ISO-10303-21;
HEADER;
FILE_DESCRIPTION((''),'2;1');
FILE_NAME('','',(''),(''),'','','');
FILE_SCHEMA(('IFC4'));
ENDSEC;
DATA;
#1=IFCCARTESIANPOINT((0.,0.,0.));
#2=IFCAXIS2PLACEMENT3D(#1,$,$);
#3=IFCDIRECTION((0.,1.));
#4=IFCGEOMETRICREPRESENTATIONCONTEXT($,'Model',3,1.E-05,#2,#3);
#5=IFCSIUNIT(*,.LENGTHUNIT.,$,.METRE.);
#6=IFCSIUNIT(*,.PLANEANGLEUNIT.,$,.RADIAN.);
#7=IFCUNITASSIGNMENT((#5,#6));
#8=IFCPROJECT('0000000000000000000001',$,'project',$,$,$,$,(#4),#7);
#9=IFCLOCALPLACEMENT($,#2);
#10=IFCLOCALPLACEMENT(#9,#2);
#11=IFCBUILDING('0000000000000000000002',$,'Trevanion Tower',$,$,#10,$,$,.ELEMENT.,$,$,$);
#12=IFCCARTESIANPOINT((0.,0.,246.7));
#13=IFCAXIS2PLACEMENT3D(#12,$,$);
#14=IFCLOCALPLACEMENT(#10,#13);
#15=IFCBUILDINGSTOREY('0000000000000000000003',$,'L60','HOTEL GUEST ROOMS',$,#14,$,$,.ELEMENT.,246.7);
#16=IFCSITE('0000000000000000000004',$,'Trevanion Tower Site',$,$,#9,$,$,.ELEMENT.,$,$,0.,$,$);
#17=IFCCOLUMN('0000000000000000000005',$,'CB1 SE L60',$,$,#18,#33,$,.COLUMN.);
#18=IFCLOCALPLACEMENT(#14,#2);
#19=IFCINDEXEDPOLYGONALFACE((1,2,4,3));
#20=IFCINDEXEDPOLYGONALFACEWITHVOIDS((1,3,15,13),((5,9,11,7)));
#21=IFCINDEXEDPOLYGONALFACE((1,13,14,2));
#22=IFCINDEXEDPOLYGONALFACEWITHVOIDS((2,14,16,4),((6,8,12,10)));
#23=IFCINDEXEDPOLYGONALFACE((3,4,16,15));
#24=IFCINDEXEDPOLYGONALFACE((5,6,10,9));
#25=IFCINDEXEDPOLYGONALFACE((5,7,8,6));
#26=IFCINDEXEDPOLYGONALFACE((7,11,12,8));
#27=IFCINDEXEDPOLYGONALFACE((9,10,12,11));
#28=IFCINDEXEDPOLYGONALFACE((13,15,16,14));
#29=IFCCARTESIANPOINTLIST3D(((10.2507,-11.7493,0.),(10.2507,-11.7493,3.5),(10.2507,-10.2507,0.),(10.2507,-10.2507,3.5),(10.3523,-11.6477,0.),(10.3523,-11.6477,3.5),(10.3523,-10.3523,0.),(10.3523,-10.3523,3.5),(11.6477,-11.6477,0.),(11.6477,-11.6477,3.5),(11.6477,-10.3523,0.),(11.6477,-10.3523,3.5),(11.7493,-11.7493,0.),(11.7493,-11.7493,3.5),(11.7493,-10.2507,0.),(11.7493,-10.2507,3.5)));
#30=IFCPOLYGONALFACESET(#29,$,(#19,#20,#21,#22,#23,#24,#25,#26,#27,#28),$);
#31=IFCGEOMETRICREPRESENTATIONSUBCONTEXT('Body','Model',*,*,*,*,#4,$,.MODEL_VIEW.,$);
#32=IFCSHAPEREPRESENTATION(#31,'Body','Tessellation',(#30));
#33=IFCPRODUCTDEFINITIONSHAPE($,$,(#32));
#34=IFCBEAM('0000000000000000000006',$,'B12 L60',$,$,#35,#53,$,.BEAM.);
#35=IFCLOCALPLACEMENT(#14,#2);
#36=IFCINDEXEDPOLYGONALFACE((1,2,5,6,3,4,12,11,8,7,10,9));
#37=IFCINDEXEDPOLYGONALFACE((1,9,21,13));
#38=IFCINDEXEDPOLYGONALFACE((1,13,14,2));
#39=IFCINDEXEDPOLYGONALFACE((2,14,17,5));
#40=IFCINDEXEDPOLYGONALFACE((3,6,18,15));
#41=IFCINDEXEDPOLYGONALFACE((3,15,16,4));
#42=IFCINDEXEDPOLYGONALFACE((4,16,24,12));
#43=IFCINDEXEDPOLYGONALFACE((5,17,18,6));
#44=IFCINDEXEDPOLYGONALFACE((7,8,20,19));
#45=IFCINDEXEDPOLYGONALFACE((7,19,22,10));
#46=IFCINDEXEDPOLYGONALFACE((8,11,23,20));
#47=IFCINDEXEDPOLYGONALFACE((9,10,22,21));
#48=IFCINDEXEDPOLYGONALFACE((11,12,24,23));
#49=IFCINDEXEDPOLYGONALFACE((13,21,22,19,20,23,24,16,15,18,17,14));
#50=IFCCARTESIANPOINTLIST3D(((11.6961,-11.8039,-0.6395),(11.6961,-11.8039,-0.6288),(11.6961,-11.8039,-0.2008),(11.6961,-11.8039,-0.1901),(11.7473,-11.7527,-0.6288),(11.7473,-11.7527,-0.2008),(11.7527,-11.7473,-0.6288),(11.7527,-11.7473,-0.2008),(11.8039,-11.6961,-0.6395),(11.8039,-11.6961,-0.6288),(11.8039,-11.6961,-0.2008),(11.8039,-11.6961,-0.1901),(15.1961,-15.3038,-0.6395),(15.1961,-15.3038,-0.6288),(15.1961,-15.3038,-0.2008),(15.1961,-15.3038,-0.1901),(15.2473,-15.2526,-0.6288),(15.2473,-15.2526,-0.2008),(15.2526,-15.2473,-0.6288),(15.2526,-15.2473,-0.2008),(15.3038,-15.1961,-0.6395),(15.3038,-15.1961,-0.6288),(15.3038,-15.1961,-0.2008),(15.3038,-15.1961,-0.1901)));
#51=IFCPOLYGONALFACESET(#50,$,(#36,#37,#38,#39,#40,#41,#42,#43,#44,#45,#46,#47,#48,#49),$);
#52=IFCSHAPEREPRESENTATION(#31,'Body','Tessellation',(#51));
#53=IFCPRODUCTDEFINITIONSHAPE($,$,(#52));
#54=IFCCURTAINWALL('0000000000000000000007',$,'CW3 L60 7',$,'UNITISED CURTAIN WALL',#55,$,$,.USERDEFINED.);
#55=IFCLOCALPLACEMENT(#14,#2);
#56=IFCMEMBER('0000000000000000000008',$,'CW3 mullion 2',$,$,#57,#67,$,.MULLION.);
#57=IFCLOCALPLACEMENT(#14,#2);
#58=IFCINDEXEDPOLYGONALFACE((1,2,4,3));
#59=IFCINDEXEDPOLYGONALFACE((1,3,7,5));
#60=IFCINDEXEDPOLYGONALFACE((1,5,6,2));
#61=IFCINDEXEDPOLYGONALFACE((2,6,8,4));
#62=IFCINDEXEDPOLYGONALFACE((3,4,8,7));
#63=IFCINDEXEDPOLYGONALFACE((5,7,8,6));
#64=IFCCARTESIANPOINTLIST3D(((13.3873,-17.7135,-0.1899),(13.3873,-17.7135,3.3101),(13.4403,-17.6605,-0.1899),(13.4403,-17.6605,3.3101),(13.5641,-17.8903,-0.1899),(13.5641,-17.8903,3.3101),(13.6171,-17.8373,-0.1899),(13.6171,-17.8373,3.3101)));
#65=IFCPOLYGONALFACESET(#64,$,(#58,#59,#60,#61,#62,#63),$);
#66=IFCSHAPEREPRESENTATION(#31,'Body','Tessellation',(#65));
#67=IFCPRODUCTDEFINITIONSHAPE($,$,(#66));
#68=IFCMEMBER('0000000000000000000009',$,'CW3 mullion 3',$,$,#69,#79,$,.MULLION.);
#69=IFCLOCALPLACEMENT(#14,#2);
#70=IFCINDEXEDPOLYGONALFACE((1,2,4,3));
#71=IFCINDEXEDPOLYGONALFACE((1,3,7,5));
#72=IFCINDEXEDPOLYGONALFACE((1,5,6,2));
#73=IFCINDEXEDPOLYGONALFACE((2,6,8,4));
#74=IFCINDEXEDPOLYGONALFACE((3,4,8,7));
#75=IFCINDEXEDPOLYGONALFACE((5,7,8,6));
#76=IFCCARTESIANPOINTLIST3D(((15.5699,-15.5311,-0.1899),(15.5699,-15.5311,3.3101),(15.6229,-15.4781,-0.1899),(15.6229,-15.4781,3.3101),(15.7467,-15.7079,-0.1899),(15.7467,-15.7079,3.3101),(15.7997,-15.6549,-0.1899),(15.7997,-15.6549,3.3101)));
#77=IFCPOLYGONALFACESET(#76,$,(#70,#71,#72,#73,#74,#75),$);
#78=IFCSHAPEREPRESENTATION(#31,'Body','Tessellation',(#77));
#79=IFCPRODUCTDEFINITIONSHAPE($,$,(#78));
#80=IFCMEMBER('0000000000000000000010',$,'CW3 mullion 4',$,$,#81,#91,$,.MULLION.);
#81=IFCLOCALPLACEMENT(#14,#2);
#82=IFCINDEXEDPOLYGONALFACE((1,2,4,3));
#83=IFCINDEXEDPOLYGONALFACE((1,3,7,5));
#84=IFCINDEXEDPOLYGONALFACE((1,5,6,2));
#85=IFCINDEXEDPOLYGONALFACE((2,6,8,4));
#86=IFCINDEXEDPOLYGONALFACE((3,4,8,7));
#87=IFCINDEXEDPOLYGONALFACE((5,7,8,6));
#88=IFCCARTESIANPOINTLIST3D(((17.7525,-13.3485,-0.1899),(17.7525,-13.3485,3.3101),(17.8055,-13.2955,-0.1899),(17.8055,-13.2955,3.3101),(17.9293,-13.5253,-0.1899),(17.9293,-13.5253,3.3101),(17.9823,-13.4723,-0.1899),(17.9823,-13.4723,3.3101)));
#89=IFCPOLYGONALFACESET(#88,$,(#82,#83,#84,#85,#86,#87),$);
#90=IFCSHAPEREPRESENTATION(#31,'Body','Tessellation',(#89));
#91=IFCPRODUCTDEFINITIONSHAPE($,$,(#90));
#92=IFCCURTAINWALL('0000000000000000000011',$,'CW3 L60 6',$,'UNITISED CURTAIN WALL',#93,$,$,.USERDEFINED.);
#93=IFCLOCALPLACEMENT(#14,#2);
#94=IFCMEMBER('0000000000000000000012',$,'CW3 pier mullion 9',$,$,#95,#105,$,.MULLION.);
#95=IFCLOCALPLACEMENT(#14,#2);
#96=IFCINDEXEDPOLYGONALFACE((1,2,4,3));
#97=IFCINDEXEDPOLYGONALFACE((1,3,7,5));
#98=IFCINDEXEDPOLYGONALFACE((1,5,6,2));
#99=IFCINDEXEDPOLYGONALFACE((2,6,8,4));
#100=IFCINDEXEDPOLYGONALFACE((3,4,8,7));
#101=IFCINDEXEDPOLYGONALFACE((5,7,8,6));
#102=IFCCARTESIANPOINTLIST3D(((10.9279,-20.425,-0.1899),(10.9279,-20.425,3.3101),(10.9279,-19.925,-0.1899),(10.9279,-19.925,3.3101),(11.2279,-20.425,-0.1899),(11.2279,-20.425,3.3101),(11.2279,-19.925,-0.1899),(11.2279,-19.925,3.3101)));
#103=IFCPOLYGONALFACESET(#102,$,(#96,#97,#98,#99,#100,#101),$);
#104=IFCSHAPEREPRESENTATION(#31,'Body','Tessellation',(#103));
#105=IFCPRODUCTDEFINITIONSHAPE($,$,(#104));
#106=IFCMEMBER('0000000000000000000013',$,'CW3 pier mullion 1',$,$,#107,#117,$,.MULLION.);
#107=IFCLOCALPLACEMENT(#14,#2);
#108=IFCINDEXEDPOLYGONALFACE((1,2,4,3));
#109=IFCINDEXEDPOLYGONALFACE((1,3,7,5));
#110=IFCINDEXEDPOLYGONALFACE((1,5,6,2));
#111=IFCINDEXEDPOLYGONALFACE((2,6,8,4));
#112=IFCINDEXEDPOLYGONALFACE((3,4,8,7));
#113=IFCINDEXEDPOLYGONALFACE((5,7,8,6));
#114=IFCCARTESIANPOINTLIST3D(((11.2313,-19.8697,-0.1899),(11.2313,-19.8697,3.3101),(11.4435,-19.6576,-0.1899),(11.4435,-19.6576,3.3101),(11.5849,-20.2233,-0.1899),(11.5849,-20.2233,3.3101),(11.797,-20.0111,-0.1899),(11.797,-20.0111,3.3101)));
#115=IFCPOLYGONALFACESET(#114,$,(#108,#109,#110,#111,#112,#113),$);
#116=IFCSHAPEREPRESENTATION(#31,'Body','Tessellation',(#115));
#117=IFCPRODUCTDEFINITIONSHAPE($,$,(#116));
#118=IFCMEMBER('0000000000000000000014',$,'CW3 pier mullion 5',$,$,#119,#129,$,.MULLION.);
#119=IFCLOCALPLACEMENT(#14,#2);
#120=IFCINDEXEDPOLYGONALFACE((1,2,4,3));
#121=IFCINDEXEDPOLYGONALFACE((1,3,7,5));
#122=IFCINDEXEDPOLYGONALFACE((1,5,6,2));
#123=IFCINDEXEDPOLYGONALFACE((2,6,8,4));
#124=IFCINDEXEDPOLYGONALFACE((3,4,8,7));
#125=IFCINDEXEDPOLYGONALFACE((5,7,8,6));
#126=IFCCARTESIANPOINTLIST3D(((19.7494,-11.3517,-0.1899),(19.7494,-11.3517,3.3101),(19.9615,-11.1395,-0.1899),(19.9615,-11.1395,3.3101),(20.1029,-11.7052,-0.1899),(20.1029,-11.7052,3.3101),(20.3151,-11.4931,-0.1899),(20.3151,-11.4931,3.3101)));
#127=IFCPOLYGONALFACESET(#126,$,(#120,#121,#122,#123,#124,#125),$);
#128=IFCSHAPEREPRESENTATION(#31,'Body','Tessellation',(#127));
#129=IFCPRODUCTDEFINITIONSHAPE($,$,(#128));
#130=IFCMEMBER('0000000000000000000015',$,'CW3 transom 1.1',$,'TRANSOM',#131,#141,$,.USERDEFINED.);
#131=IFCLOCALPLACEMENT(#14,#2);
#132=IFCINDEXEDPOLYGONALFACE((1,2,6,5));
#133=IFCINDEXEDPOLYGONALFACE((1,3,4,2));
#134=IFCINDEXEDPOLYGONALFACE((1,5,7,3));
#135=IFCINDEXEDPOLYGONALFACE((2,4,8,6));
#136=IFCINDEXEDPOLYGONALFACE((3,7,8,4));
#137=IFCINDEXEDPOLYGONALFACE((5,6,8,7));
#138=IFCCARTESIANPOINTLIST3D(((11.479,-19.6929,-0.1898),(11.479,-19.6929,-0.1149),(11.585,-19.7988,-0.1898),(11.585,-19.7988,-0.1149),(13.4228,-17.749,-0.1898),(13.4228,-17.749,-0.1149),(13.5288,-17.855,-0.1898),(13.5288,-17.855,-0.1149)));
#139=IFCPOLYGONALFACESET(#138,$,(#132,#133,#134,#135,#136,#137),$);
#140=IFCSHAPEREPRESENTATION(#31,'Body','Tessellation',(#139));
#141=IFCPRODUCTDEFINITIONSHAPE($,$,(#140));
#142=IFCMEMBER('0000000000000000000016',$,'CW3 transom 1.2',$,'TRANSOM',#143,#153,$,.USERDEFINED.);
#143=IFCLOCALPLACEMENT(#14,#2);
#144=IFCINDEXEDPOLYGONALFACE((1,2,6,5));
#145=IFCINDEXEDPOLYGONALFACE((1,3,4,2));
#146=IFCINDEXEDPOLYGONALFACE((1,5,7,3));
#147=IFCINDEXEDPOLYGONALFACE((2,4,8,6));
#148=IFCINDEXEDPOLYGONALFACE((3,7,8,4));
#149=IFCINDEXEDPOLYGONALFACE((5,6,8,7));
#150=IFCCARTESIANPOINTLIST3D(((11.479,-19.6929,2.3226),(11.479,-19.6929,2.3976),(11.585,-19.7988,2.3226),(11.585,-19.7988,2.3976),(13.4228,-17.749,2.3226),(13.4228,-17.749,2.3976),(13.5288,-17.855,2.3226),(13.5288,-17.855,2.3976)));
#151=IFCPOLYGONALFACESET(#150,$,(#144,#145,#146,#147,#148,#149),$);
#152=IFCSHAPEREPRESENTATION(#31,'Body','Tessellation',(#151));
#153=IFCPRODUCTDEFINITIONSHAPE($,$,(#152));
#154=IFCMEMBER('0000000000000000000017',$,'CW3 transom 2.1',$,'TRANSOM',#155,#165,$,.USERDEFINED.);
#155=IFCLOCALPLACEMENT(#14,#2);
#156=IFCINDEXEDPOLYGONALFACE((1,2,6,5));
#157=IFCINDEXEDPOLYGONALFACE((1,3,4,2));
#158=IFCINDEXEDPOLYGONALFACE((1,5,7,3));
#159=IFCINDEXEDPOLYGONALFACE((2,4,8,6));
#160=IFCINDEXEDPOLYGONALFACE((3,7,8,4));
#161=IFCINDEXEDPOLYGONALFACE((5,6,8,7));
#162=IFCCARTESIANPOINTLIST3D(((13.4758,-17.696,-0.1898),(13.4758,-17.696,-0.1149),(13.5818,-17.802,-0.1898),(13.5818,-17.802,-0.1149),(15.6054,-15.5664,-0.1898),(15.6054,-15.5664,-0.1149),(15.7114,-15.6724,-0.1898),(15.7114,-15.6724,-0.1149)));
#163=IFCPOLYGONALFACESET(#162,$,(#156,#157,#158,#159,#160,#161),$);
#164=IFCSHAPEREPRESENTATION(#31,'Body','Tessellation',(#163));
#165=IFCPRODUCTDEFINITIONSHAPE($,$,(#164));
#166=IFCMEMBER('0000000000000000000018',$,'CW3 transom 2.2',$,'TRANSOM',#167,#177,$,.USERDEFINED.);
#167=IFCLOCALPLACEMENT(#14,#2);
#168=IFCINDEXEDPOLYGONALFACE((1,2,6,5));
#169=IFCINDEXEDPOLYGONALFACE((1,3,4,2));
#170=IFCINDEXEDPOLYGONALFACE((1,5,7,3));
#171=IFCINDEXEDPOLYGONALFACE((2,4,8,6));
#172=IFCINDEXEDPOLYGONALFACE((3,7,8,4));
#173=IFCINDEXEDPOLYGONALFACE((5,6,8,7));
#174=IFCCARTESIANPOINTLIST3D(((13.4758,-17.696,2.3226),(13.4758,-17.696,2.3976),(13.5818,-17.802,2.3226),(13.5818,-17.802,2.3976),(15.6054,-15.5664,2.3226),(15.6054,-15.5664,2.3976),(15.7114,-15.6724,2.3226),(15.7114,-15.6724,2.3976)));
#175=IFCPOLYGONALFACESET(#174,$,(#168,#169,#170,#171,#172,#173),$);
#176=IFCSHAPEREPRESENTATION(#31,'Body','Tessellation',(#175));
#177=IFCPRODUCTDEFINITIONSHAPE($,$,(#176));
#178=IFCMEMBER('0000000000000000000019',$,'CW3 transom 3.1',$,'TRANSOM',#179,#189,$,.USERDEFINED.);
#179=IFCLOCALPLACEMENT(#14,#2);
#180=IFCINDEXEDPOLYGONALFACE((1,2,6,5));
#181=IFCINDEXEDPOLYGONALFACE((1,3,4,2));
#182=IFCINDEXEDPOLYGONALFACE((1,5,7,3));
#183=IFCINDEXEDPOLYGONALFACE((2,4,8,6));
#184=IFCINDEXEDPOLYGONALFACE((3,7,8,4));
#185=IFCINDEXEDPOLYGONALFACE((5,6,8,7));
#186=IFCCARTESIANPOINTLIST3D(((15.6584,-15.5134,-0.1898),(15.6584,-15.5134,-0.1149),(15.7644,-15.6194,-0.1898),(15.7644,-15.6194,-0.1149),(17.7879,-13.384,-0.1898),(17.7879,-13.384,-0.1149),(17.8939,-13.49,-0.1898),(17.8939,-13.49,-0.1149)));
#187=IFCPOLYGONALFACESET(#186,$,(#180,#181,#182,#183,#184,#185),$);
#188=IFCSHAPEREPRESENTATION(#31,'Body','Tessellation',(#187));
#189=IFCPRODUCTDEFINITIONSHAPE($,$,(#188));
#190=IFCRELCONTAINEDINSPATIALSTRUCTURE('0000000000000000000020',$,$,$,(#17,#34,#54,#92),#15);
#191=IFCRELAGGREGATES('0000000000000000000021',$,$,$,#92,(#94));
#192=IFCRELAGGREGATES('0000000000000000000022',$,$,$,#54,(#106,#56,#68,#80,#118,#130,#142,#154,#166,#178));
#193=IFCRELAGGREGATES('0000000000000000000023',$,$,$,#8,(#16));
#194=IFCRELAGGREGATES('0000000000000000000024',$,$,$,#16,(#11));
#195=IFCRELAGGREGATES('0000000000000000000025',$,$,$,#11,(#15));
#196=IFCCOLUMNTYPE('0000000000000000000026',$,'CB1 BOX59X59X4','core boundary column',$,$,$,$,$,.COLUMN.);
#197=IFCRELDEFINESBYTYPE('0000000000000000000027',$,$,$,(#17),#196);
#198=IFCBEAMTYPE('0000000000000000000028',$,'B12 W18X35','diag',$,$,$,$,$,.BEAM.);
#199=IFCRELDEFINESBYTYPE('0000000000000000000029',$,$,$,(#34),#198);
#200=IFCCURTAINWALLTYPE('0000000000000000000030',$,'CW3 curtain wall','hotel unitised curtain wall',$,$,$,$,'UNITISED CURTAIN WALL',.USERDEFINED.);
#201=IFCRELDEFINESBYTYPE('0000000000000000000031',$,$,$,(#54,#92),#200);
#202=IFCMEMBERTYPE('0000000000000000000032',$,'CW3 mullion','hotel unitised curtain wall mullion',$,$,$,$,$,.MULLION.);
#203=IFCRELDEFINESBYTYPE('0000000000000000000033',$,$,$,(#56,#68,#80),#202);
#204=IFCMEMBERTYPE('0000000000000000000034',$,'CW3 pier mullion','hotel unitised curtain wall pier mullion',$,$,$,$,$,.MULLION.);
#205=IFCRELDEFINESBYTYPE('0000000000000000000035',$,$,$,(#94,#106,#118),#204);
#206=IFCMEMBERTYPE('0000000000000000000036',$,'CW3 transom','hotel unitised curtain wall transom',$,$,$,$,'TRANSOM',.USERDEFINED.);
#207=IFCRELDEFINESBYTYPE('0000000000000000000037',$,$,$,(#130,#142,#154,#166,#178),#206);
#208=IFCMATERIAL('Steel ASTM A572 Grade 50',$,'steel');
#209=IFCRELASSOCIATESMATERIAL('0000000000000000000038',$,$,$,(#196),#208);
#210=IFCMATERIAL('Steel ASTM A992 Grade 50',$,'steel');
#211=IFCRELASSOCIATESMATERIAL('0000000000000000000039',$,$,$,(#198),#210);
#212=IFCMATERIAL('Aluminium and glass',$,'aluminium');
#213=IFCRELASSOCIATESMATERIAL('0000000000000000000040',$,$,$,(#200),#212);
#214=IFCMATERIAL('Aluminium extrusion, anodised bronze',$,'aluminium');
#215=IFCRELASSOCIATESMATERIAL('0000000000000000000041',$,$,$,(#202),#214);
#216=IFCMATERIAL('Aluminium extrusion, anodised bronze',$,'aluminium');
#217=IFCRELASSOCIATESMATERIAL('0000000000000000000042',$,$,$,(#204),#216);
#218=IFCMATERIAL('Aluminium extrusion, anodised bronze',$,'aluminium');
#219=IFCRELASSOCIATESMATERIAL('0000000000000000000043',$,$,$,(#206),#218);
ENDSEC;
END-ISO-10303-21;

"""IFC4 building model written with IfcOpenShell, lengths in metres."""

from ifc_helpers import new_model, si_unit, direction, frame, origin, origin_2d, place, context, subcontext, project, spatial, rectangle, hollow_rectangle, i_section, extrude, material, material_profile, profile_set, type_object, element, aggregate, save


model = new_model("IFC4")

# Units and contexts
model_context = context("Model", 3, precision=1e-05, world=origin(), true_north=direction((0.0, 1.0)))
body_context = subcontext(model_context, "Body", "Model", "MODEL_VIEW")
ifc_project = project(units=[si_unit("LENGTHUNIT", "METRE"), si_unit("PLANEANGLEUNIT", "RADIAN")], contexts=[model_context])

# Site, building, storey
site_placement = place(None, origin())
site = spatial("IfcSite", under=ifc_project, at=site_placement, Name="Trevanion Tower Site", CompositionType="ELEMENT", RefElevation=0.0)
building_placement = place(site_placement, origin())
building = spatial("IfcBuilding", under=site, at=building_placement, Name="Trevanion Tower", CompositionType="ELEMENT")
storey_placement = place(building_placement, frame((0.0, 0.0, 246.7)))
storey = spatial("IfcBuildingStorey", under=building, at=storey_placement, Name="L60", Description="HOTEL GUEST ROOMS", CompositionType="ELEMENT", Elevation=246.7)

# Column
ifc_material_1 = material(Name="Steel ASTM A572 Grade 50", Category="steel")
ifc_material_profile_1 = material_profile(ifc_material_1, hollow_rectangle(XDim=1.4985, YDim=1.4985, WallThickness=0.1016, at=origin_2d()), Name="BOX59X59X4")
ifc_profile_set_1 = profile_set([ifc_material_profile_1], Name="Steel ASTM A572 Grade 50")
column_type = type_object("IfcColumnType", Name="CB1 BOX59X59X4", Description="core boundary column", PredefinedType="COLUMN", material=ifc_profile_set_1)
column_placement = place(storey_placement, frame((11.0, -11.0, 0.0), z_axis=(0.0, 0.0, 1.0), x_axis=(1.0, 0.0, 0.0)))
element("IfcColumn", 1, at=column_placement, inside=storey, type_object=column_type, Name="CB1 SE L60", PredefinedType="COLUMN", context=body_context, shape_type="SweptSolid", body=[
    extrude(hollow_rectangle(XDim=1.4985, YDim=1.4985, WallThickness=0.1016, at=origin_2d()), origin(), (0.0, 0.0, 1.0), 3.5),
])

# Beam
ifc_material_2 = material(Name="Steel ASTM A992 Grade 50", Category="steel")
ifc_material_profile_2 = material_profile(ifc_material_2, i_section(OverallWidth=0.1523, OverallDepth=0.4495, WebThickness=0.0076, FlangeThickness=0.0107, at=origin_2d()), Name="W18X35")
ifc_profile_set_2 = profile_set([ifc_material_profile_2], Name="Steel ASTM A992 Grade 50")
beam_type_1 = type_object("IfcBeamType", Name="B12 W18X35", Description="diag", PredefinedType="BEAM", material=ifc_profile_set_2)
beam_1_placement = place(storey_placement, frame((11.75, -11.75, -0.4148), z_axis=(0.707107, -0.707107, 0.0), x_axis=(0.707107, 0.707107, 0.0)))
element("IfcBeam", 2, at=beam_1_placement, inside=storey, type_object=beam_type_1, Name="B12 L60", PredefinedType="BEAM", context=body_context, shape_type="SweptSolid", body=[
    extrude(i_section(OverallWidth=0.1523, OverallDepth=0.4495, WebThickness=0.0076, FlangeThickness=0.0107, at=origin_2d()), origin(), (0.0, 0.0, 1.0), 4.9497),
])

# Curtain wall, members
ifc_material_3 = material(Name="Aluminium and glass", Category="aluminium")
curtain_wall_type = type_object("IfcCurtainWallType", Name="CW3 curtain wall", Description="hotel unitised curtain wall", ElementType="UNITISED CURTAIN WALL", PredefinedType="USERDEFINED", material=ifc_material_3)
curtain_wall_1_placement = place(storey_placement, origin())
curtain_wall_1 = element("IfcCurtainWall", 3, at=curtain_wall_1_placement, inside=storey, type_object=curtain_wall_type, Name="CW3 L60 7", ObjectType="UNITISED CURTAIN WALL", PredefinedType="USERDEFINED")
ifc_material_4 = material(Name="Aluminium extrusion, anodised bronze", Category="aluminium")
ifc_material_profile_3 = material_profile(ifc_material_4, rectangle(XDim=0.075, YDim=0.25, at=origin_2d()), Name="CW3 mullion")
ifc_profile_set_3 = profile_set([ifc_material_profile_3], Name="Aluminium extrusion, anodised bronze")
member_type_1 = type_object("IfcMemberType", Name="CW3 mullion", Description="hotel unitised curtain wall mullion", PredefinedType="MULLION", material=ifc_profile_set_3)
member_1_placement = place(storey_placement, frame((13.5022, -17.7754, -0.1899), z_axis=(0.0, 0.0, 1.0), x_axis=(0.707107, 0.707107, 0.0)))
member_1 = element("IfcMember", 4, at=member_1_placement, type_object=member_type_1, Name="CW3 mullion 2", PredefinedType="MULLION", context=body_context, shape_type="SweptSolid", body=[
    extrude(rectangle(XDim=0.075, YDim=0.25, at=origin_2d()), origin(), (0.0, 0.0, 1.0), 3.5),
])
member_2_placement = place(storey_placement, frame((15.6848, -15.593, -0.1899), z_axis=(0.0, 0.0, 1.0), x_axis=(0.707107, 0.707107, 0.0)))
member_2 = element("IfcMember", 5, at=member_2_placement, type_object=member_type_1, Name="CW3 mullion 3", PredefinedType="MULLION", context=body_context, shape_type="SweptSolid", body=[
    extrude(rectangle(XDim=0.075, YDim=0.25, at=origin_2d()), origin(), (0.0, 0.0, 1.0), 3.5),
])
member_3_placement = place(storey_placement, frame((17.8674, -13.4104, -0.1899), z_axis=(0.0, 0.0, 1.0), x_axis=(0.707107, 0.707107, 0.0)))
member_3 = element("IfcMember", 6, at=member_3_placement, type_object=member_type_1, Name="CW3 mullion 4", PredefinedType="MULLION", context=body_context, shape_type="SweptSolid", body=[
    extrude(rectangle(XDim=0.075, YDim=0.25, at=origin_2d()), origin(), (0.0, 0.0, 1.0), 3.5),
])

# Curtain wall, member
curtain_wall_2_placement = place(storey_placement, origin())
curtain_wall_2 = element("IfcCurtainWall", 7, at=curtain_wall_2_placement, inside=storey, type_object=curtain_wall_type, Name="CW3 L60 6", ObjectType="UNITISED CURTAIN WALL", PredefinedType="USERDEFINED")
ifc_material_5 = material(Name="Aluminium extrusion, anodised bronze", Category="aluminium")
ifc_material_profile_4 = material_profile(ifc_material_5, rectangle(XDim=0.3, YDim=0.5, at=origin_2d()), Name="CW3 pier mullion")
ifc_profile_set_4 = profile_set([ifc_material_profile_4], Name="Aluminium extrusion, anodised bronze")
member_type_2 = type_object("IfcMemberType", Name="CW3 pier mullion", Description="hotel unitised curtain wall pier mullion", PredefinedType="MULLION", material=ifc_profile_set_4)
member_4_placement = place(storey_placement, frame((11.0779, -20.175, -0.1899), z_axis=(0.0, 0.0, 1.0), x_axis=(1.0, 0.0, 0.0)))
member_4 = element("IfcMember", 8, at=member_4_placement, type_object=member_type_2, Name="CW3 pier mullion 9", PredefinedType="MULLION", context=body_context, shape_type="SweptSolid", body=[
    extrude(rectangle(XDim=0.3, YDim=0.5, at=origin_2d()), origin(), (0.0, 0.0, 1.0), 3.5),
])
aggregate(curtain_wall_2, [member_4])

# Members
member_5_placement = place(storey_placement, frame((11.5142, -19.9404, -0.1899), z_axis=(0.0, 0.0, 1.0), x_axis=(0.707107, 0.707107, 0.0)))
member_5 = element("IfcMember", 9, at=member_5_placement, type_object=member_type_2, Name="CW3 pier mullion 1", PredefinedType="MULLION", context=body_context, shape_type="SweptSolid", body=[
    extrude(rectangle(XDim=0.3, YDim=0.5, at=origin_2d()), origin(), (0.0, 0.0, 1.0), 3.5),
])
member_6_placement = place(storey_placement, frame((20.0322, -11.4224, -0.1899), z_axis=(0.0, 0.0, 1.0), x_axis=(0.707107, 0.707107, 0.0)))
member_6 = element("IfcMember", 10, at=member_6_placement, type_object=member_type_2, Name="CW3 pier mullion 5", PredefinedType="MULLION", context=body_context, shape_type="SweptSolid", body=[
    extrude(rectangle(XDim=0.3, YDim=0.5, at=origin_2d()), origin(), (0.0, 0.0, 1.0), 3.5),
])
ifc_material_6 = material(Name="Aluminium extrusion, anodised bronze", Category="aluminium")
ifc_material_profile_5 = material_profile(ifc_material_6, rectangle(XDim=0.1499, YDim=0.075, at=origin_2d()), Name="CW3 transom")
ifc_profile_set_5 = profile_set([ifc_material_profile_5], Name="Aluminium extrusion, anodised bronze")
member_type_3 = type_object("IfcMemberType", Name="CW3 transom", Description="hotel unitised curtain wall transom", ElementType="TRANSOM", PredefinedType="USERDEFINED", material=ifc_profile_set_5)
member_7_placement = place(storey_placement, frame((11.532, -19.7458, -0.1523), z_axis=(0.707107, 0.707107, 0.0), x_axis=(-0.707107, 0.707107, 0.0)))
member_7 = element("IfcMember", 11, at=member_7_placement, type_object=member_type_3, Name="CW3 transom 1.1", ObjectType="TRANSOM", PredefinedType="USERDEFINED", context=body_context, shape_type="SweptSolid", body=[
    extrude(rectangle(XDim=0.1499, YDim=0.075, at=origin_2d()), origin(), (0.0, 0.0, 1.0), 2.749),
])
member_8_placement = place(storey_placement, frame((11.532, -19.7458, 2.3601), z_axis=(0.707107, 0.707107, 0.0), x_axis=(-0.707107, 0.707107, 0.0)))
member_8 = element("IfcMember", 12, at=member_8_placement, type_object=member_type_3, Name="CW3 transom 1.2", ObjectType="TRANSOM", PredefinedType="USERDEFINED", context=body_context, shape_type="SweptSolid", body=[
    extrude(rectangle(XDim=0.1499, YDim=0.075, at=origin_2d()), origin(), (0.0, 0.0, 1.0), 2.749),
])
member_9_placement = place(storey_placement, frame((13.5288, -17.749, -0.1523), z_axis=(0.707107, 0.707107, 0.0), x_axis=(-0.707107, 0.707107, 0.0)))
member_9 = element("IfcMember", 13, at=member_9_placement, type_object=member_type_3, Name="CW3 transom 2.1", ObjectType="TRANSOM", PredefinedType="USERDEFINED", context=body_context, shape_type="SweptSolid", body=[
    extrude(rectangle(XDim=0.1499, YDim=0.075, at=origin_2d()), origin(), (0.0, 0.0, 1.0), 3.0117),
])
member_10_placement = place(storey_placement, frame((13.5288, -17.749, 2.3601), z_axis=(0.707107, 0.707107, 0.0), x_axis=(-0.707107, 0.707107, 0.0)))
member_10 = element("IfcMember", 14, at=member_10_placement, type_object=member_type_3, Name="CW3 transom 2.2", ObjectType="TRANSOM", PredefinedType="USERDEFINED", context=body_context, shape_type="SweptSolid", body=[
    extrude(rectangle(XDim=0.1499, YDim=0.075, at=origin_2d()), origin(), (0.0, 0.0, 1.0), 3.0117),
])
member_11_placement = place(storey_placement, frame((15.7114, -15.5664, -0.1523), z_axis=(0.707107, 0.707107, 0.0), x_axis=(-0.707107, 0.707107, 0.0)))
member_11 = element("IfcMember", 15, at=member_11_placement, type_object=member_type_3, Name="CW3 transom 3.1", ObjectType="TRANSOM", PredefinedType="USERDEFINED", context=body_context, shape_type="SweptSolid", body=[
    extrude(rectangle(XDim=0.1499, YDim=0.075, at=origin_2d()), origin(), (0.0, 0.0, 1.0), 3.0115),
])

aggregate(curtain_wall_1, [member_5, member_1, member_2, member_3, member_6, member_7, member_8, member_9, member_10, member_11])

save(model, "model.ifc")
